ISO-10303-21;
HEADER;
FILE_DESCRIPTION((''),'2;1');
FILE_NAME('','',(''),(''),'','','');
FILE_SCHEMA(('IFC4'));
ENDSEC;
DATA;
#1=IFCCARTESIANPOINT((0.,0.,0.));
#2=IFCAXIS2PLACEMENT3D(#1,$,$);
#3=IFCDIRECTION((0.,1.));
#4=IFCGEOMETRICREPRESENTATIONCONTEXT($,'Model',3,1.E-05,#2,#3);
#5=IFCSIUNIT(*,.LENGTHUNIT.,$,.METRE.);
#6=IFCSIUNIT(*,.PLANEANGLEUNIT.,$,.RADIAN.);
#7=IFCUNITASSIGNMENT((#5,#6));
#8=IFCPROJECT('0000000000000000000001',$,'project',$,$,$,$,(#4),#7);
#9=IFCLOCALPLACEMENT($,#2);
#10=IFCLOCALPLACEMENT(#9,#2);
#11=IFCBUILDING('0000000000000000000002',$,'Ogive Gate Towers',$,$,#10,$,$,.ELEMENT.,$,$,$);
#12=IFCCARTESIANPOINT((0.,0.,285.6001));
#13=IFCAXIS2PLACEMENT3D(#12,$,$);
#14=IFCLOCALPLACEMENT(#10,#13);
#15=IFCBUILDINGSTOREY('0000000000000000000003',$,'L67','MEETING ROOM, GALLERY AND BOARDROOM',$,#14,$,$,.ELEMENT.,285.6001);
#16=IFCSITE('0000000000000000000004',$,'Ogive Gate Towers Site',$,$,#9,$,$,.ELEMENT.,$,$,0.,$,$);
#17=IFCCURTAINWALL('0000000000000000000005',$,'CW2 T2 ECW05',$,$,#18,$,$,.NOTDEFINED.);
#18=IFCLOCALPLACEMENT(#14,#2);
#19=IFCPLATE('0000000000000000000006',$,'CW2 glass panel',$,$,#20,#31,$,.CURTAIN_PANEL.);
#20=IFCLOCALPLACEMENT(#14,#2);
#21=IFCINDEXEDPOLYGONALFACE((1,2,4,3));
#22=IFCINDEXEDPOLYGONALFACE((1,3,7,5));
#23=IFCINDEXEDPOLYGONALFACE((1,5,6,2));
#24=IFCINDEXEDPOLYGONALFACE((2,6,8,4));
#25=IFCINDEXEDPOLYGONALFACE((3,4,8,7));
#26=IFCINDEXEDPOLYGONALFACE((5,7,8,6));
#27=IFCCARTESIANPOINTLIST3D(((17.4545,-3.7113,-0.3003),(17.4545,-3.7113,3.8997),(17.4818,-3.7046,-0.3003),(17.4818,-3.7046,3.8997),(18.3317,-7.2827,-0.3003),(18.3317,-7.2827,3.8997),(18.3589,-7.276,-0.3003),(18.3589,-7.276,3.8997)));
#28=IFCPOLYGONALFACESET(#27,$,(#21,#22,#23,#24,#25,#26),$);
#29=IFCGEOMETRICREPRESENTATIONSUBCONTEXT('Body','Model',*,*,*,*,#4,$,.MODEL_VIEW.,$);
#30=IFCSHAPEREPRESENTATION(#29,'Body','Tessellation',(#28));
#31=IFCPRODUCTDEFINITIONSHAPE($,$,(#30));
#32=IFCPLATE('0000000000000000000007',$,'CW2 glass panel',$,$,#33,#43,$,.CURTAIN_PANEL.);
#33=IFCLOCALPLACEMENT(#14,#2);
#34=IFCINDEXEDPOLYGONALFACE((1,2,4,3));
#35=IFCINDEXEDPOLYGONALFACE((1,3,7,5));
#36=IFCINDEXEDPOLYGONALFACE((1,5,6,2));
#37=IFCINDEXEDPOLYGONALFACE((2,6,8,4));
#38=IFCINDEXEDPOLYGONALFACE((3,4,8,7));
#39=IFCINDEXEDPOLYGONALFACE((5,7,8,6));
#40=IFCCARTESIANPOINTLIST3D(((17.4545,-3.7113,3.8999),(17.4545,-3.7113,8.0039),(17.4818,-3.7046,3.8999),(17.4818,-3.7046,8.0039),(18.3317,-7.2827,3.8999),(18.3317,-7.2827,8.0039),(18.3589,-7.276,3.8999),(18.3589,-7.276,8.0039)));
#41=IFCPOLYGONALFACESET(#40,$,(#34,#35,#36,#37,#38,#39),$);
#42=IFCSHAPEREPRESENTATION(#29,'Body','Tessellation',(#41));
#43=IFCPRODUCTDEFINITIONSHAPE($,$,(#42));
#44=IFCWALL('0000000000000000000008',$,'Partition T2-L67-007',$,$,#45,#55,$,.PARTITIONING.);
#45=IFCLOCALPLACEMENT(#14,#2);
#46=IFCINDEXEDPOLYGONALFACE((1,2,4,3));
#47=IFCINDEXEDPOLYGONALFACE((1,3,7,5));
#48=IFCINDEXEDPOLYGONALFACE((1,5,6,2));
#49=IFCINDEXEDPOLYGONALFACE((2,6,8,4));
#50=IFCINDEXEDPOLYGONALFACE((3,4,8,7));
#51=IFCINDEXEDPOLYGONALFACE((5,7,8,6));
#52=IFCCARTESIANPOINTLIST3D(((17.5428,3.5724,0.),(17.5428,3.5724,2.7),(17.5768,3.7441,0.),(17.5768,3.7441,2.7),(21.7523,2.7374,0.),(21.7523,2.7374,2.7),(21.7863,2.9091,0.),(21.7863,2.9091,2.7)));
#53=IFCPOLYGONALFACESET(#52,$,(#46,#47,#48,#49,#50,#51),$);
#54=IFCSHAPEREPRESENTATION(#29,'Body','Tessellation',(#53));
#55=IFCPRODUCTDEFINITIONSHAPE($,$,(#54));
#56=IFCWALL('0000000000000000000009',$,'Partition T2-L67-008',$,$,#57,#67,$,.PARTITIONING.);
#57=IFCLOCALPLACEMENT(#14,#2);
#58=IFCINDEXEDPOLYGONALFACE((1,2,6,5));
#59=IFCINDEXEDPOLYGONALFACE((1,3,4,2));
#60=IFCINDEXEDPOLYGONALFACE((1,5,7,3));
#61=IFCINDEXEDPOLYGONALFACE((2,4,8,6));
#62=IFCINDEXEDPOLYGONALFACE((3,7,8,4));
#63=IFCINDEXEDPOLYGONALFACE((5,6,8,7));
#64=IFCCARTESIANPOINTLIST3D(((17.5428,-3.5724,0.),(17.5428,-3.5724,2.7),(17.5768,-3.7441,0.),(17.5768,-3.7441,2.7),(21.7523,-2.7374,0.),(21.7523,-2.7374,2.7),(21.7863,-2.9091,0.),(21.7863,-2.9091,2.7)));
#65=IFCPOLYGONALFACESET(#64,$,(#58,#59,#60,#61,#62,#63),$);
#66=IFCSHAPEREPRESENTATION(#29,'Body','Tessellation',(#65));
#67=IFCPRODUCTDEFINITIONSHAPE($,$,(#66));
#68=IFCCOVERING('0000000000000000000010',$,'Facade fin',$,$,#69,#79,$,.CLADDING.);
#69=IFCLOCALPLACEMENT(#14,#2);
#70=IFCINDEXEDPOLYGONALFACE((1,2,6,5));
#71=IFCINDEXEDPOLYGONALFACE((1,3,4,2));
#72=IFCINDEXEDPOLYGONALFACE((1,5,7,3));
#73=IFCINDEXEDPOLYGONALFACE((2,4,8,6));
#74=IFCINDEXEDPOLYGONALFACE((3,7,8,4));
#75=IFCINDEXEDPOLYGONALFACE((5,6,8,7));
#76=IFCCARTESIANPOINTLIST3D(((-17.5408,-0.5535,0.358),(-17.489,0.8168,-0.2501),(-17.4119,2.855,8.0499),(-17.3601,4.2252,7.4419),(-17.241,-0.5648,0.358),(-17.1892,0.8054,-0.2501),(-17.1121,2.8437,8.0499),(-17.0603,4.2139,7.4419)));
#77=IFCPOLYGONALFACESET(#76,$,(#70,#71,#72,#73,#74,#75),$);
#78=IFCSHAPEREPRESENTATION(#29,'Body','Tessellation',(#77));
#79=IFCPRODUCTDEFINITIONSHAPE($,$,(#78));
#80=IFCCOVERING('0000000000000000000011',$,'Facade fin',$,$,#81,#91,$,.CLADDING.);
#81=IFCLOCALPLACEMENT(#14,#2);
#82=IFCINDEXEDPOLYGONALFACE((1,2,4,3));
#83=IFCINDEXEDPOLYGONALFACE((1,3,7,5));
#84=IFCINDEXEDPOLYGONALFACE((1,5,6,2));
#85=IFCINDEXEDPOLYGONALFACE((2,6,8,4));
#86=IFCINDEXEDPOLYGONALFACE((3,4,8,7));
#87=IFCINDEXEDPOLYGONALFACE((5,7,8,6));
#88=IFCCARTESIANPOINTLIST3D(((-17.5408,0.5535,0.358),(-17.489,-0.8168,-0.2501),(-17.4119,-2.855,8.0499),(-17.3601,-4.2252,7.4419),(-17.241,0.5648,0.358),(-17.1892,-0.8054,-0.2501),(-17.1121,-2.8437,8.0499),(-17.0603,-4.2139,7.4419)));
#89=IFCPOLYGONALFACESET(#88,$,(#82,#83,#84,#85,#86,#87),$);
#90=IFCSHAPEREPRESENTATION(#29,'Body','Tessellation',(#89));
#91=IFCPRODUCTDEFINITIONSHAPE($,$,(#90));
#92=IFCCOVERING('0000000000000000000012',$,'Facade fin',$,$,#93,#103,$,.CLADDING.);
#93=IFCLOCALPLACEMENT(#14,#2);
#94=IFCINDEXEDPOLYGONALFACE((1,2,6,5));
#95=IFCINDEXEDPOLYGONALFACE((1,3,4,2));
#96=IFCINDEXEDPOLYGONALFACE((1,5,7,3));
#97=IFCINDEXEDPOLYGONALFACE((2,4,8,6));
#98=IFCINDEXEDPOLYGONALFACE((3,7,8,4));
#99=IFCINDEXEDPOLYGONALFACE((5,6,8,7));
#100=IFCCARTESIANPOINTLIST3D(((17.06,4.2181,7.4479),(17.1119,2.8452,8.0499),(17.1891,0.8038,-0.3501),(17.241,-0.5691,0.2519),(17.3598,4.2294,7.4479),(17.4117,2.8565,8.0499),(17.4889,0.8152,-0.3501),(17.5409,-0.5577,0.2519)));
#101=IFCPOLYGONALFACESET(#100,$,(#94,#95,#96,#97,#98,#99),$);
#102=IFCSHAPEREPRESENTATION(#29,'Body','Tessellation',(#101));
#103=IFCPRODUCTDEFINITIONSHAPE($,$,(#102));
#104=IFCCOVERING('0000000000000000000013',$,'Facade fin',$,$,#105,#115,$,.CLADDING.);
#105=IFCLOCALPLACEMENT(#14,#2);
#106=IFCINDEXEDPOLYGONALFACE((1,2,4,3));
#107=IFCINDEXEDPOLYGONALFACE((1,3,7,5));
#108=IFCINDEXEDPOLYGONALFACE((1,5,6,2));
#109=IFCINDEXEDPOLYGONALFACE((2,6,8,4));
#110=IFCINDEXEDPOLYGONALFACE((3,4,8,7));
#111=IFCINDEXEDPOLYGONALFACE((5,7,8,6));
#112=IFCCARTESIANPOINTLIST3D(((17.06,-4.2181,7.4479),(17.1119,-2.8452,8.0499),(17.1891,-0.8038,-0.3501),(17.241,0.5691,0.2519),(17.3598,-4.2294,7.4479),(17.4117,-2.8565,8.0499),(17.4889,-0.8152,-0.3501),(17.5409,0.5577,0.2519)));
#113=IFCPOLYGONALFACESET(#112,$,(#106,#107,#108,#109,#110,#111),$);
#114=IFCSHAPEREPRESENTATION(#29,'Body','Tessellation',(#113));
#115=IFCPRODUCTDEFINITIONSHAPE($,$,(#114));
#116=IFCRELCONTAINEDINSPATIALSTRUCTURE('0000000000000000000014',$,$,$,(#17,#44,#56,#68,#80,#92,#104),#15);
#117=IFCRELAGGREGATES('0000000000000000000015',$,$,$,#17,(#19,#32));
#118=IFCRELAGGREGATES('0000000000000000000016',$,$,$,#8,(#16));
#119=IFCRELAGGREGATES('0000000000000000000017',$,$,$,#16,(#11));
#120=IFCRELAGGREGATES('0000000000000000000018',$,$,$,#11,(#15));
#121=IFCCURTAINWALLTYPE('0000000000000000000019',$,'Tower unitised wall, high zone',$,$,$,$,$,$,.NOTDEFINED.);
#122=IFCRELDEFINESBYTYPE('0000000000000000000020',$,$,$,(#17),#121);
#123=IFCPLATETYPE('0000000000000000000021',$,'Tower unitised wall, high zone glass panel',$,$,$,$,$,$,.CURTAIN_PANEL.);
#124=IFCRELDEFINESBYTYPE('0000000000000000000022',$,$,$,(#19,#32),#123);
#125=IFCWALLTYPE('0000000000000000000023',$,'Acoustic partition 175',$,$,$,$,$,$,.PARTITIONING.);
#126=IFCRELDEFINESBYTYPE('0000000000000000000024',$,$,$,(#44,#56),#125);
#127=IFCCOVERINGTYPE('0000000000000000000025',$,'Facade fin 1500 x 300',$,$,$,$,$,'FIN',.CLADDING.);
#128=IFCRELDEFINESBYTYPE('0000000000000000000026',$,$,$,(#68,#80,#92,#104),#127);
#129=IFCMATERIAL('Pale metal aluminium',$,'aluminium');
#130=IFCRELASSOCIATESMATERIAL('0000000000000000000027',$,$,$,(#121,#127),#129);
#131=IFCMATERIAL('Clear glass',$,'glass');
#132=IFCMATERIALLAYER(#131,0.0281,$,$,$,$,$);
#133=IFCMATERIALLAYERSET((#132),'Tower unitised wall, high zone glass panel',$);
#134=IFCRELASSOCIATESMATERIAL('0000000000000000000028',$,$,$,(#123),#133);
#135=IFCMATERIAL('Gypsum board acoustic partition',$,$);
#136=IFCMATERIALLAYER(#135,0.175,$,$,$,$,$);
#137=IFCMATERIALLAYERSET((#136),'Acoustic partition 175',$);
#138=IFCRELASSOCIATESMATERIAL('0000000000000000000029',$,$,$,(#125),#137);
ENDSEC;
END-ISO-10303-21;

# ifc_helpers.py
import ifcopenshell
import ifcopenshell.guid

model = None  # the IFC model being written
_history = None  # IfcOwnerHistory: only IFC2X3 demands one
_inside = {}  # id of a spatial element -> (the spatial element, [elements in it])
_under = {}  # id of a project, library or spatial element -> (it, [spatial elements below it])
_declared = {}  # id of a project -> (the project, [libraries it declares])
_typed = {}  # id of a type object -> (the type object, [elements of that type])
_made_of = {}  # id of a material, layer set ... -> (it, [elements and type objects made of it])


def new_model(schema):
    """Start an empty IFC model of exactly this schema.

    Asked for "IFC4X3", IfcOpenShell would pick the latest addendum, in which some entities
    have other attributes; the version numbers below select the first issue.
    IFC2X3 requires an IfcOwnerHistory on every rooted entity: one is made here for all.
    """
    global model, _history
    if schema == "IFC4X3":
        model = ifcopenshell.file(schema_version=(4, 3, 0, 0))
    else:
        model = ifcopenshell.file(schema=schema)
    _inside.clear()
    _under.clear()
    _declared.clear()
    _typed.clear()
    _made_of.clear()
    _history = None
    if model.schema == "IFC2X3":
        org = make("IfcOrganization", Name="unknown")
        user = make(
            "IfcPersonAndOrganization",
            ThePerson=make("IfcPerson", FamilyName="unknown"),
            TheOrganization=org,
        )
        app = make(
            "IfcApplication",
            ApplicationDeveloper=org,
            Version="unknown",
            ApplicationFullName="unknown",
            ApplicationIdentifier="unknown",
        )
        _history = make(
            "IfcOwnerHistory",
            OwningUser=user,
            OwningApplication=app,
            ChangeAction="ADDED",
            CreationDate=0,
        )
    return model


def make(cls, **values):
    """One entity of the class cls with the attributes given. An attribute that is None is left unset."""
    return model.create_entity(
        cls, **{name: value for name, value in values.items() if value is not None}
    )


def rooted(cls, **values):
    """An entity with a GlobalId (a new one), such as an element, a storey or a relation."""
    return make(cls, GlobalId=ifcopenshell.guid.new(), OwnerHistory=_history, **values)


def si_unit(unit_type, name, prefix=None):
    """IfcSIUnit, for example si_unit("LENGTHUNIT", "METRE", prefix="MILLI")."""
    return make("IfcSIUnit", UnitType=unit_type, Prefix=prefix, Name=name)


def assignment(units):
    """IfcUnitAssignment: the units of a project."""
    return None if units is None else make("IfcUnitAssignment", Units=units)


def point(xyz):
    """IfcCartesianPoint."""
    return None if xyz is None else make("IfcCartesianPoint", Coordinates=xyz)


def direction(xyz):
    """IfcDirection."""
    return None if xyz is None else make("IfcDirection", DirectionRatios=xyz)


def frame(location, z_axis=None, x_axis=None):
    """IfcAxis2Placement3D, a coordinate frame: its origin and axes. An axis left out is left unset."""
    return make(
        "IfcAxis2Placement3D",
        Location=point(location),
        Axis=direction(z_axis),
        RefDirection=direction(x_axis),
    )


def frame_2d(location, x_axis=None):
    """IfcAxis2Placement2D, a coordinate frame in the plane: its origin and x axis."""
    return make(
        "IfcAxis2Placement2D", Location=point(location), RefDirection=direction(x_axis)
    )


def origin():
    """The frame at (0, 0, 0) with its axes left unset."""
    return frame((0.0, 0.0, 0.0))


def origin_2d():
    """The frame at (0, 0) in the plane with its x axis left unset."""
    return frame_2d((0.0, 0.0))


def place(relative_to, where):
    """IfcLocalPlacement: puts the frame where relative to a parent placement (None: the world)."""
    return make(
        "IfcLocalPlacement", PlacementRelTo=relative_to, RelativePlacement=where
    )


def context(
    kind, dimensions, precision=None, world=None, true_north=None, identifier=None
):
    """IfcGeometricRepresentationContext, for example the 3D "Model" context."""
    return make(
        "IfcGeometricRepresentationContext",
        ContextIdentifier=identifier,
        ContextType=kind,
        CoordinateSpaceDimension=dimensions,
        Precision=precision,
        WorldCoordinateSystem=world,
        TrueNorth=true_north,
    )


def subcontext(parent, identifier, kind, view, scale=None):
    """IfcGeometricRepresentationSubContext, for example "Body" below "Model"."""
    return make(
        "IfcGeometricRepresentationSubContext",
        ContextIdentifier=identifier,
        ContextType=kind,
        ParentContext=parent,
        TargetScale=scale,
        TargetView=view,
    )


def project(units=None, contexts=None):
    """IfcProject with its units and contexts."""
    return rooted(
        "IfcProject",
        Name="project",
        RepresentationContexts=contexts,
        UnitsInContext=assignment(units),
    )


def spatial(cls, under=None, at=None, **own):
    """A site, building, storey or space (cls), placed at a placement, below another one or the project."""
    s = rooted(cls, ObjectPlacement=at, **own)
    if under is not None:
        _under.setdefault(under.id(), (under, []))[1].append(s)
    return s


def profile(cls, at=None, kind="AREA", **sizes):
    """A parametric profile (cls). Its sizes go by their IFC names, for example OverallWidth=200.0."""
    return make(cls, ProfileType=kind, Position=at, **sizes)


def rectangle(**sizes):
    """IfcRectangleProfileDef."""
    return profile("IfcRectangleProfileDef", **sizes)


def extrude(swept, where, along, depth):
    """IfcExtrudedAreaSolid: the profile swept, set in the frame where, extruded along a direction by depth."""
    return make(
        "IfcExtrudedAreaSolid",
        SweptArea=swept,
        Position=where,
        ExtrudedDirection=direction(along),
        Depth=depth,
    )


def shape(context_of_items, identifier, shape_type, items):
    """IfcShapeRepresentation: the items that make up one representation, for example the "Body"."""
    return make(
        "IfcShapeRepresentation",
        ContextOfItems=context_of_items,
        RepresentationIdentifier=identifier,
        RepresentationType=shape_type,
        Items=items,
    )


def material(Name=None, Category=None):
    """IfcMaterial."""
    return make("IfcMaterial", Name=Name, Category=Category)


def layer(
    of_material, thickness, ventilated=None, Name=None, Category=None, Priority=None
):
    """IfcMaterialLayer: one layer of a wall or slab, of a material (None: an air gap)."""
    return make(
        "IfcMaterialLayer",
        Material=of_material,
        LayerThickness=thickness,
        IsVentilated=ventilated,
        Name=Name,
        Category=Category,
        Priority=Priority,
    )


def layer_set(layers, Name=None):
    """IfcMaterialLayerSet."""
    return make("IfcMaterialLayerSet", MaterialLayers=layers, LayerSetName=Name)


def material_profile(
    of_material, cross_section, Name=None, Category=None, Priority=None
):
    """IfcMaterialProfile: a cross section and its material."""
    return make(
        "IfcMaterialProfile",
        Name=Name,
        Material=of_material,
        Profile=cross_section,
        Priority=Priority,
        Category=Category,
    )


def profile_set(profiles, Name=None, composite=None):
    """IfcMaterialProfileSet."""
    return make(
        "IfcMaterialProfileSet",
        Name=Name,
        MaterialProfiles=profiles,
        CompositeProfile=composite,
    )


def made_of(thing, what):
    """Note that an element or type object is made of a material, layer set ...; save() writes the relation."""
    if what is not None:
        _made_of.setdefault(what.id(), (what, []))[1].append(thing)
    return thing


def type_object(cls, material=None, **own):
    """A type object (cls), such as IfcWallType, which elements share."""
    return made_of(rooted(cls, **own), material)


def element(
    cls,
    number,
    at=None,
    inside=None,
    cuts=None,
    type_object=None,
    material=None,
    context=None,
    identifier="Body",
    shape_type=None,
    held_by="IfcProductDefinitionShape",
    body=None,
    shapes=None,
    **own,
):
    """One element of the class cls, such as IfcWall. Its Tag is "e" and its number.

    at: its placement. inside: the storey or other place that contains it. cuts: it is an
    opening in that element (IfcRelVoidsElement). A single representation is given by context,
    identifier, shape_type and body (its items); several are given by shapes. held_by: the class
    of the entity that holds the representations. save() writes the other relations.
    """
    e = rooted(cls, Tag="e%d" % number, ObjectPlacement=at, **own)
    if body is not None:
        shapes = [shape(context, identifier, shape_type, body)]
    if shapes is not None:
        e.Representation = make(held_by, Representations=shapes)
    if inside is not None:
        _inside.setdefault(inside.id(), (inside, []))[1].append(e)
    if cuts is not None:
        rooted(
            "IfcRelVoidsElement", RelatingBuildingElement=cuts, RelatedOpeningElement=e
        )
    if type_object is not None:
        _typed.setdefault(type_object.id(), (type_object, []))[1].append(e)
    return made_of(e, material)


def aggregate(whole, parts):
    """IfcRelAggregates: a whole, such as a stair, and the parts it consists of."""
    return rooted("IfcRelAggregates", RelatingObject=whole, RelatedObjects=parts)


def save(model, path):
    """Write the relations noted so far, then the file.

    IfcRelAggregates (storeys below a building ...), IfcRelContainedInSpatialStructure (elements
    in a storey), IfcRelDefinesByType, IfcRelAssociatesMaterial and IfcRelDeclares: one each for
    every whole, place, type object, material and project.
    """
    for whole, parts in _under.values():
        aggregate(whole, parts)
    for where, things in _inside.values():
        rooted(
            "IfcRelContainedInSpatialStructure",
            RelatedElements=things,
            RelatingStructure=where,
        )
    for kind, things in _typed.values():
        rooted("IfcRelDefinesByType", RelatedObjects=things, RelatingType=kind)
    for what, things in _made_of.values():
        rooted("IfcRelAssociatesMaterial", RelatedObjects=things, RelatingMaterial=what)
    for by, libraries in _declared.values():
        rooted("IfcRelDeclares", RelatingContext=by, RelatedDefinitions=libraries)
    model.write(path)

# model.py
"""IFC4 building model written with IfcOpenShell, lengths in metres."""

from ifc_helpers import new_model, si_unit, direction, frame, frame_2d, origin, origin_2d, place, context, subcontext, project, spatial, rectangle, extrude, material, layer, layer_set, material_profile, profile_set, type_object, element, aggregate, save


model = new_model("IFC4")

# Units and contexts
model_context = context("Model", 3, precision=1e-05, world=origin(), true_north=direction((0.0, 1.0)))
body_context = subcontext(model_context, "Body", "Model", "MODEL_VIEW")
ifc_project = project(units=[si_unit("LENGTHUNIT", "METRE"), si_unit("PLANEANGLEUNIT", "RADIAN")], contexts=[model_context])

# Site, building, storey
site_placement = place(None, origin())
site = spatial("IfcSite", under=ifc_project, at=site_placement, Name="Ogive Gate Towers Site", CompositionType="ELEMENT", RefElevation=0.0)
building_placement = place(site_placement, origin())
building = spatial("IfcBuilding", under=site, at=building_placement, Name="Ogive Gate Towers", CompositionType="ELEMENT")
storey_placement = place(building_placement, frame((0.0, 0.0, 285.6001)))
storey = spatial("IfcBuildingStorey", under=building, at=storey_placement, Name="L67", Description="MEETING ROOM, GALLERY AND BOARDROOM", CompositionType="ELEMENT", Elevation=285.6001)

# Shared definitions
ifc_material_1 = material(Name="Pale metal aluminium", Category="aluminium")
curtain_wall_type = type_object("IfcCurtainWallType", Name="Tower unitised wall, high zone", PredefinedType="NOTDEFINED", material=ifc_material_1)

# Curtain wall
curtain_wall_1_placement = place(storey_placement, origin())
curtain_wall_1 = element("IfcCurtainWall", 1, at=curtain_wall_1_placement, inside=storey, type_object=curtain_wall_type, Name="CW2 T2 ECW05", PredefinedType="NOTDEFINED")

# Plates
ifc_material_2 = material(Name="Clear glass", Category="glass")
ifc_layer_1 = layer(ifc_material_2, 0.0281)
ifc_layer_set_1 = layer_set([ifc_layer_1], Name="Tower unitised wall, high zone glass panel")
plate_type = type_object("IfcPlateType", Name="Tower unitised wall, high zone glass panel", PredefinedType="CURTAIN_PANEL", material=ifc_layer_set_1)
plate_1_placement = place(storey_placement, frame((17.9067, -5.4937, -0.3003), z_axis=(0.0, 0.0, 1.0), x_axis=(0.238517, -0.971138, 0.0)))
plate_1 = element("IfcPlate", 2, at=plate_1_placement, type_object=plate_type, Name="CW2 glass panel", PredefinedType="CURTAIN_PANEL", context=body_context, shape_type="SweptSolid", body=[
    extrude(rectangle(XDim=3.6775, YDim=0.0281, at=origin_2d()), origin(), (0.0, 0.0, 1.0), 4.2),
])
plate_2_placement = place(storey_placement, frame((17.9067, -5.4937, 3.8999), z_axis=(0.0, 0.0, 1.0), x_axis=(0.238517, -0.971138, 0.0)))
plate_2 = element("IfcPlate", 3, at=plate_2_placement, type_object=plate_type, Name="CW2 glass panel", PredefinedType="CURTAIN_PANEL", context=body_context, shape_type="SweptSolid", body=[
    extrude(rectangle(XDim=3.6775, YDim=0.0281, at=origin_2d()), origin(), (0.0, 0.0, 1.0), 4.104),
])
aggregate(curtain_wall_1, [plate_1, plate_2])

# Walls
ifc_material_3 = material(Name="Gypsum board acoustic partition")
ifc_layer_2 = layer(ifc_material_3, 0.175)
ifc_layer_set_2 = layer_set([ifc_layer_2], Name="Acoustic partition 175")
wall_type = type_object("IfcWallType", Name="Acoustic partition 175", PredefinedType="PARTITIONING", material=ifc_layer_set_2)
for number, where, z_axis, x_axis, name in (
    (4, (17.5598, 3.6582, 0.0), (0.0, 0.0, 1.0), (0.98089, -0.194562, 0.0), "Partition T2-L67-007"),
    (5, (17.5598, -3.6582, 0.0), (0.0, 0.0, 1.0), (0.98089, 0.194562, 0.0), "Partition T2-L67-008"),
):
    element("IfcWall", number, at=place(storey_placement, frame(where, z_axis=z_axis, x_axis=x_axis)), inside=storey, type_object=wall_type, Name=name, PredefinedType="PARTITIONING", context=body_context, shape_type="SweptSolid", body=[
        extrude(rectangle(XDim=4.2915, YDim=0.175, at=frame_2d((2.1458, 0.0))), origin(), (0.0, 0.0, 1.0), 2.7),
    ])

# Coverings
ifc_material_profile_1 = material_profile(ifc_material_1, rectangle(XDim=0.3, YDim=1.5, at=origin_2d()), Name="1500 x 300 pale metal aluminium")
ifc_profile_set_1 = profile_set([ifc_material_profile_1], Name="Pale metal aluminium")
covering_type = type_object("IfcCoveringType", Name="Facade fin 1500 x 300", ElementType="FIN", PredefinedType="CLADDING", material=ifc_profile_set_1)
for number, where, z_axis, x_axis, name in (
    (6, (-17.365, 0.126, 0.054), (0.01532, 0.405081, 0.914152), (-0.999286, 0.037793, 0.0), "Facade fin"),
    (7, (-17.365, -0.126, 0.054), (0.01532, -0.405081, 0.914152), (0.999286, 0.037793, 0.0), "Facade fin"),
):
    element("IfcCovering", number, at=place(storey_placement, frame(where, z_axis=z_axis, x_axis=x_axis)), inside=storey, type_object=covering_type, Name=name, PredefinedType="CLADDING", context=body_context, shape_type="SweptSolid", body=[
        extrude(rectangle(XDim=0.3, YDim=1.5, at=origin_2d()), origin(), (0.0, 0.0, 1.0), 8.4143),
    ])
for number, where, z_axis, x_axis, name in (
    (8, (17.365, 0.123, -0.0491), (-0.01517, 0.401033, 0.915938), (-0.999285, -0.037799, 0.0), "Facade fin"),
    (9, (17.365, -0.123, -0.0491), (-0.01517, -0.401033, 0.915938), (0.999285, -0.037799, 0.0), "Facade fin"),
):
    element("IfcCovering", number, at=place(storey_placement, frame(where, z_axis=z_axis, x_axis=x_axis)), inside=storey, type_object=covering_type, Name=name, PredefinedType="CLADDING", context=body_context, shape_type="SweptSolid", body=[
        extrude(rectangle(XDim=0.3, YDim=1.5, at=origin_2d()), origin(), (0.0, 0.0, 1.0), 8.5137),
    ])

save(model, "model.ifc")
